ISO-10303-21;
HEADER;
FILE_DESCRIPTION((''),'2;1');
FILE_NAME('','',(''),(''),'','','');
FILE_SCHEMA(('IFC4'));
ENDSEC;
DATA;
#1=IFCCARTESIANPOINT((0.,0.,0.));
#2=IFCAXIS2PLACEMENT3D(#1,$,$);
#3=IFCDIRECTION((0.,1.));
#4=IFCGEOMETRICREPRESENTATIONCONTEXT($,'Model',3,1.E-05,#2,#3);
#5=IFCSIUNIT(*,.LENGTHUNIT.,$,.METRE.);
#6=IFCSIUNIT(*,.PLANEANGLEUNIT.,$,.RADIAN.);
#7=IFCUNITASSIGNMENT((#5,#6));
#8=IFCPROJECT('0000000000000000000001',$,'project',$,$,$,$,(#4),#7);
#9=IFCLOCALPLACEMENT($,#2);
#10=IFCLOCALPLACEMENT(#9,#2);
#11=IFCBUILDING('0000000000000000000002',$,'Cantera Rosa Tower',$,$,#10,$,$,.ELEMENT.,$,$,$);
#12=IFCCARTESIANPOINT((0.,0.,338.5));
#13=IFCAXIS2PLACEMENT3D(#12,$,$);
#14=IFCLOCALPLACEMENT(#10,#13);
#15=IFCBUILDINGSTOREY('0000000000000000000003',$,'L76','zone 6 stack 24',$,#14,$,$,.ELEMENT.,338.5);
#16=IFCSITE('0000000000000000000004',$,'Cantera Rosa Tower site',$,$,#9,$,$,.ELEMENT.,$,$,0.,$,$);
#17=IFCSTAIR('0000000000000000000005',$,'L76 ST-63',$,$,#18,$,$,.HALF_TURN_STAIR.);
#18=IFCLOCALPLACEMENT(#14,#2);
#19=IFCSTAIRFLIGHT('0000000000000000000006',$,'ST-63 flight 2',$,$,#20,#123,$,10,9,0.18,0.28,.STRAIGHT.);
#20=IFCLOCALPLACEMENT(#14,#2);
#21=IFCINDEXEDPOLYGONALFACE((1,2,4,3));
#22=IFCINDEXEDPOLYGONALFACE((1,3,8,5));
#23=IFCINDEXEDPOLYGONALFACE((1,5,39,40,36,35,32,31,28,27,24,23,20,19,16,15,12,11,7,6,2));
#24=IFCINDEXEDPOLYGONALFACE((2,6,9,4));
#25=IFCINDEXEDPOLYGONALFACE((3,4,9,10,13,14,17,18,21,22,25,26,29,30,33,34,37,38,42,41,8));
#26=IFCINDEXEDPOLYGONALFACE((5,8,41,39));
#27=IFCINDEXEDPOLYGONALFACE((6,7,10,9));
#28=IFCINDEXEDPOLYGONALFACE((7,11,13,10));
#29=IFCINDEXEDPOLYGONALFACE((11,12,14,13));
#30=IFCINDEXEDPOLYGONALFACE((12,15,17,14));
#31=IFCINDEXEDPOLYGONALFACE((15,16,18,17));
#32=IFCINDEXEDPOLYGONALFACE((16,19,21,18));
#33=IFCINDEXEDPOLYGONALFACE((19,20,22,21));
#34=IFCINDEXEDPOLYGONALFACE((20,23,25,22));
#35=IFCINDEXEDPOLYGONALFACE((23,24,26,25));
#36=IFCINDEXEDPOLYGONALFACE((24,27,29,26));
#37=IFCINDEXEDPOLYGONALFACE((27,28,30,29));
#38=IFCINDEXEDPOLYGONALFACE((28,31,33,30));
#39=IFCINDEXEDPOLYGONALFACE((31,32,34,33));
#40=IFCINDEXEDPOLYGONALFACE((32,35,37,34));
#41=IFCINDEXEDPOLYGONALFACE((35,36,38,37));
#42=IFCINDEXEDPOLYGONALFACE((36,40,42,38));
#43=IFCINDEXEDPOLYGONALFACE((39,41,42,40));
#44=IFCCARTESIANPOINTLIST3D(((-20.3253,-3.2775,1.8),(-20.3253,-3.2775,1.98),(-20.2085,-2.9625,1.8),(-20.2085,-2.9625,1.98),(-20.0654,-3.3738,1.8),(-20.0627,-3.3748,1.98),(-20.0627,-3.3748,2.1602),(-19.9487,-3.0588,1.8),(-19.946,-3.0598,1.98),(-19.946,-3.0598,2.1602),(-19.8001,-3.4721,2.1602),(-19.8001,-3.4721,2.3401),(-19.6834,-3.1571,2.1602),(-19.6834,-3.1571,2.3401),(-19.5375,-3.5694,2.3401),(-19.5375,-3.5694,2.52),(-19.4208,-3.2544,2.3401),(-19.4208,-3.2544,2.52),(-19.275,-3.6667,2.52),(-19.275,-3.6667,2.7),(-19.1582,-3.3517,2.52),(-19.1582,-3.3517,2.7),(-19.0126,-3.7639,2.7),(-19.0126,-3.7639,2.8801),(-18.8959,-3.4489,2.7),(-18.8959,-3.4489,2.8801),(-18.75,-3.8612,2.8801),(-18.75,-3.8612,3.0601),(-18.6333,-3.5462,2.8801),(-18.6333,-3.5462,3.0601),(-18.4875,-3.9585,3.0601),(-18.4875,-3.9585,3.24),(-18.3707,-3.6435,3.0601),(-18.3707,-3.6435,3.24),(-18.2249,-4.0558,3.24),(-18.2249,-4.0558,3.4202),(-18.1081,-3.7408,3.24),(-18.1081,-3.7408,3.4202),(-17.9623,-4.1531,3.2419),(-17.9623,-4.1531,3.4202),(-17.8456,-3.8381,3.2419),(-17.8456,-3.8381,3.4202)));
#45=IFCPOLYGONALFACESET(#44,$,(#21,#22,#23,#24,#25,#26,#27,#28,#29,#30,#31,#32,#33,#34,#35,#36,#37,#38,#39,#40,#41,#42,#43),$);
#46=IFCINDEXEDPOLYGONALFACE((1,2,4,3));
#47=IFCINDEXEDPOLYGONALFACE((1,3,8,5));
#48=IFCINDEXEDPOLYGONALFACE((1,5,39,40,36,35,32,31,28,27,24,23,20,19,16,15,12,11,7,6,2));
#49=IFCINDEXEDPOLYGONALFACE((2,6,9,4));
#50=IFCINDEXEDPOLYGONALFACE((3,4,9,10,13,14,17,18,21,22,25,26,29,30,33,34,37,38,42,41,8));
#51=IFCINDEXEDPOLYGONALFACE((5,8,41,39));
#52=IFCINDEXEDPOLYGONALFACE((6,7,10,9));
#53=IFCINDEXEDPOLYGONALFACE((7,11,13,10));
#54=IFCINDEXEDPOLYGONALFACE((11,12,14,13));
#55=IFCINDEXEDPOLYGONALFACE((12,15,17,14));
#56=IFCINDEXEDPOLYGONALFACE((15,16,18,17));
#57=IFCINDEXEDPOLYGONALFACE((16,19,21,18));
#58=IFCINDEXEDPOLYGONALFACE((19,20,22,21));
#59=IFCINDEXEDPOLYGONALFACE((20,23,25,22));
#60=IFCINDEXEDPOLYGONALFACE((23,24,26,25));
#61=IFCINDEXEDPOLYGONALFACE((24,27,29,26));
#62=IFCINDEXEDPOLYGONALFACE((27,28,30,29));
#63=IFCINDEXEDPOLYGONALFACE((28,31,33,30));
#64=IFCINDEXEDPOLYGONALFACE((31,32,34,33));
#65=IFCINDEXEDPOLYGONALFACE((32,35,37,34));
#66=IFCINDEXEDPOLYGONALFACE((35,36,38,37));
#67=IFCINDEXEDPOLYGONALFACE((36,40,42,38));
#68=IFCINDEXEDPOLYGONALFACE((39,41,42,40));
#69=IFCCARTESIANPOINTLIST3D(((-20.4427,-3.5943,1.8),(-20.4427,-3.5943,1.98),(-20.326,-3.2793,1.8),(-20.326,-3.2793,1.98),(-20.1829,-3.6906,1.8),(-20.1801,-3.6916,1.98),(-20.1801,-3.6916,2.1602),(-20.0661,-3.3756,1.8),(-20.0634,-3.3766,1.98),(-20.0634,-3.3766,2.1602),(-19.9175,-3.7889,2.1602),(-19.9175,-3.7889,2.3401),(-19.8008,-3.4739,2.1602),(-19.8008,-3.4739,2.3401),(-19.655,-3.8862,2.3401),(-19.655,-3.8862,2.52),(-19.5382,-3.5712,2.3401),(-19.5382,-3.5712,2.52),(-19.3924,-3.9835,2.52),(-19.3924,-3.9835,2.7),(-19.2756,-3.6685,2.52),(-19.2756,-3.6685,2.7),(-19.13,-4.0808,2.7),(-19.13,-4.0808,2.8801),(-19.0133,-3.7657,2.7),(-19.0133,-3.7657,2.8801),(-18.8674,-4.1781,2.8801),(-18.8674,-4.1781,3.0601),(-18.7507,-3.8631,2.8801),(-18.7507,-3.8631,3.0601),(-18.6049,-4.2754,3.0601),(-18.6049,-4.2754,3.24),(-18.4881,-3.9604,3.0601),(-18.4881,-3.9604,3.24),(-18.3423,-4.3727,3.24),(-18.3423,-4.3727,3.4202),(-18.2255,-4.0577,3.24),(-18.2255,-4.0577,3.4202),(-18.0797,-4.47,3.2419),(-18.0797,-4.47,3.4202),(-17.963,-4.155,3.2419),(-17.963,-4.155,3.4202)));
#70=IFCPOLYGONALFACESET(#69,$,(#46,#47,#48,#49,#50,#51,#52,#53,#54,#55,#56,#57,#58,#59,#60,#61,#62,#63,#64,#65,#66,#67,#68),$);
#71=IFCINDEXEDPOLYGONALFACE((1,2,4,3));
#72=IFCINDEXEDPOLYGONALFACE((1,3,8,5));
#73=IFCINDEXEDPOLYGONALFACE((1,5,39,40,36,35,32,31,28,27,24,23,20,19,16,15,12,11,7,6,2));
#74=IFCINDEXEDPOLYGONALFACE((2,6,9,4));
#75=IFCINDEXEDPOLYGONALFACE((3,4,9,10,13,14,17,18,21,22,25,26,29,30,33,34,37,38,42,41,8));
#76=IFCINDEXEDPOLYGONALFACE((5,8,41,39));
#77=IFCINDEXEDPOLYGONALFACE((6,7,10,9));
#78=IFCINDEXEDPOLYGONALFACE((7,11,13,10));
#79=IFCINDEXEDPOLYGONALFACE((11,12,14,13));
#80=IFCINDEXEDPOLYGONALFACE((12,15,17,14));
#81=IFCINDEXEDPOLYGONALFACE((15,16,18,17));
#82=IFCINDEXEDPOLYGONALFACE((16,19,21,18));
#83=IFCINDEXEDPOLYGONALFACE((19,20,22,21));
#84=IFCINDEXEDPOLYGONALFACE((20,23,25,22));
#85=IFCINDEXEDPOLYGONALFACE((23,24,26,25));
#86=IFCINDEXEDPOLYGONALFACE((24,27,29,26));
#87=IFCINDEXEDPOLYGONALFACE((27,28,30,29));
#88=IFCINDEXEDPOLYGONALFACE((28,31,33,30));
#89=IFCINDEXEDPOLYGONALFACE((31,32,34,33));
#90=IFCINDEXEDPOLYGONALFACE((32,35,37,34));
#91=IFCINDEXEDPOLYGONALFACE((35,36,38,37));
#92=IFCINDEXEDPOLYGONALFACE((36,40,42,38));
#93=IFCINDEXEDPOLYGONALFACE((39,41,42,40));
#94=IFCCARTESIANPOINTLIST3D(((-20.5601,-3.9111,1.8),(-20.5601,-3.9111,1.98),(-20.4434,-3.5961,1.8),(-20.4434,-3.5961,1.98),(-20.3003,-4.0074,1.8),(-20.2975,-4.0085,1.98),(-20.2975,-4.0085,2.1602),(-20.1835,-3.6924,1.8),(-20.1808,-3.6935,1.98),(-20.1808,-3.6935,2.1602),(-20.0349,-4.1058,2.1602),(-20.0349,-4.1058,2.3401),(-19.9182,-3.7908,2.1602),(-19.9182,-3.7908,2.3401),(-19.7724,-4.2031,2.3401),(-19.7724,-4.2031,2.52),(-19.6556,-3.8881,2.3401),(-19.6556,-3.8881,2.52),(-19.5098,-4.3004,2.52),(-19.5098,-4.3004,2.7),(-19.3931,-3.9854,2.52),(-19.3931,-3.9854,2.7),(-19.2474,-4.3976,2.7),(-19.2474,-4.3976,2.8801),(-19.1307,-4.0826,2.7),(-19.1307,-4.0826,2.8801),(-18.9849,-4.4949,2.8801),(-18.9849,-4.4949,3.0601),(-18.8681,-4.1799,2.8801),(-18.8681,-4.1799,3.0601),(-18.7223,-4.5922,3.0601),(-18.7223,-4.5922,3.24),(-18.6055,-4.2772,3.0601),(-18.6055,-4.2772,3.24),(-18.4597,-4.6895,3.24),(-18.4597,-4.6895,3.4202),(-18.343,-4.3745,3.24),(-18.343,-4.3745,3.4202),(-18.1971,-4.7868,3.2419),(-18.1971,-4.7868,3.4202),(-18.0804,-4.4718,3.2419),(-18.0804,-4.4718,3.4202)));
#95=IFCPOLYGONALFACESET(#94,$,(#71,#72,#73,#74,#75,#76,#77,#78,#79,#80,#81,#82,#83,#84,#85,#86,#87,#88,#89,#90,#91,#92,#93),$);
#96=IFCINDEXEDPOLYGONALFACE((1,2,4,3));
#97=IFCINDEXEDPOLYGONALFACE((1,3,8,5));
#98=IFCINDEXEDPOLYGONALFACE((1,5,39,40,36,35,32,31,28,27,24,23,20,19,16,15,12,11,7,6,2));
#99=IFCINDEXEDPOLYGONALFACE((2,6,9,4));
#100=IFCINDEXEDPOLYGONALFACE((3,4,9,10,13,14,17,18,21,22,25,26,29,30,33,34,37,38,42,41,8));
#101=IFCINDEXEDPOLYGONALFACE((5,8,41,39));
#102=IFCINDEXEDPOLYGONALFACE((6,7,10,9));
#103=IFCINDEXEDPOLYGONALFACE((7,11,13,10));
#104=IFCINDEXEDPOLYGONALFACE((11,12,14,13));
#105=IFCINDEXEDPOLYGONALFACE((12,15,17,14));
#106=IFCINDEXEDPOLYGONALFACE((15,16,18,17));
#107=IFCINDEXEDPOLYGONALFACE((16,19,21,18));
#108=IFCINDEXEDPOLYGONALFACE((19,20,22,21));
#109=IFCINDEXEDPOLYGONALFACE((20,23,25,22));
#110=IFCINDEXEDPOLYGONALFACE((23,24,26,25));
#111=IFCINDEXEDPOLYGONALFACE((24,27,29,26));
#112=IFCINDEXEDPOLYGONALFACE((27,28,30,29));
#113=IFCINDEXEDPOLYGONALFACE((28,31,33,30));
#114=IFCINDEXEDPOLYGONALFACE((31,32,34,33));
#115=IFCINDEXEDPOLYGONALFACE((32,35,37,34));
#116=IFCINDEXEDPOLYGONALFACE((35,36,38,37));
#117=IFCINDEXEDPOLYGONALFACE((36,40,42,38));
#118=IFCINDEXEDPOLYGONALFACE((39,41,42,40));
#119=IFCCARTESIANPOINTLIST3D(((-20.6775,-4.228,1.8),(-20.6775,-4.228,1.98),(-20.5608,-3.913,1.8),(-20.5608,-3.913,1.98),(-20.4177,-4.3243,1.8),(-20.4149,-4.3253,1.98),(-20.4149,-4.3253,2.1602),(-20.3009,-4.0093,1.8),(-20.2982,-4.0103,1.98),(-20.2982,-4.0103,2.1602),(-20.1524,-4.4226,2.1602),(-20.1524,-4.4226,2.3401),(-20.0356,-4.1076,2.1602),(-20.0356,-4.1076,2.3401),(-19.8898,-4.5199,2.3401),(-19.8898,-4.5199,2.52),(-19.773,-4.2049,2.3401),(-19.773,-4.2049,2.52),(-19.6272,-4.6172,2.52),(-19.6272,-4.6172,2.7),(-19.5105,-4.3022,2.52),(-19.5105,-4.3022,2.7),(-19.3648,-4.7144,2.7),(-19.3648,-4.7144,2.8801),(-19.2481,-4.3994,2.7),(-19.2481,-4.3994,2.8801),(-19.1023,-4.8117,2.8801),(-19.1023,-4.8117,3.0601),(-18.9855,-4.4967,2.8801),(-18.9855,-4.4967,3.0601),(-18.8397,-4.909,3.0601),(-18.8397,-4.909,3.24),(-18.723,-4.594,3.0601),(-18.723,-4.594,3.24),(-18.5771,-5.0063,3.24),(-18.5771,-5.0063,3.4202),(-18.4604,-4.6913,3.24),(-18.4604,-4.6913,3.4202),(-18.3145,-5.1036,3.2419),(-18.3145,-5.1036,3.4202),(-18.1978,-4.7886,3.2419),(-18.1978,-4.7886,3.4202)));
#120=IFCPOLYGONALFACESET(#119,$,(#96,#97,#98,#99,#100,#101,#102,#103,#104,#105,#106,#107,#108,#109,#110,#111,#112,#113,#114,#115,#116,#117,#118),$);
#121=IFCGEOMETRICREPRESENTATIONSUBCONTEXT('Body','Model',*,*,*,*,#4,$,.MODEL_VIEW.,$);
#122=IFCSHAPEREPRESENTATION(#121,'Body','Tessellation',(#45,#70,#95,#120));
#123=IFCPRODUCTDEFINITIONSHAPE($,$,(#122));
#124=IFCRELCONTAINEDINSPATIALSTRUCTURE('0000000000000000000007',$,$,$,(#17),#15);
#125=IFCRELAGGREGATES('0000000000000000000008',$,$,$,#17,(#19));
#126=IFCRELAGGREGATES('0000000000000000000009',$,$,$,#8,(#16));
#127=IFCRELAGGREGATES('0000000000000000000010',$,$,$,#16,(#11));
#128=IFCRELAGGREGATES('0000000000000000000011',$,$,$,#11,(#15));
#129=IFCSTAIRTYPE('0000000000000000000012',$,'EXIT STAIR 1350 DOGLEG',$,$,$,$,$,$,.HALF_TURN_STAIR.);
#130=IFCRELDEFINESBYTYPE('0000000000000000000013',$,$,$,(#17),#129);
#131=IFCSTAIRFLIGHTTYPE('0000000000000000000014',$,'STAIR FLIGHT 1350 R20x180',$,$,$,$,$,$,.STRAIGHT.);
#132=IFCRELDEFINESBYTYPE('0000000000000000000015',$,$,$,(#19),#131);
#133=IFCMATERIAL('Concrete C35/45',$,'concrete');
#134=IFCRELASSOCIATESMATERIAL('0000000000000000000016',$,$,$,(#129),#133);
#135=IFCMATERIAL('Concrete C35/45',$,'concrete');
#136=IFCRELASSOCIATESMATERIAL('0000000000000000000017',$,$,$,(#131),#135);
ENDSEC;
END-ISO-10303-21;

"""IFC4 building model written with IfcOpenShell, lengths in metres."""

from ifc_helpers import new_model, si_unit, direction, frame, origin, place, context, subcontext, project, spatial, polyline, outline, extrude, material, type_object, element, aggregate, save


model = new_model("IFC4")

# Units and contexts
model_context = context("Model", 3, precision=1e-05, world=origin(), true_north=direction((0.0, 1.0)))
body_context = subcontext(model_context, "Body", "Model", "MODEL_VIEW")
ifc_project = project(units=[si_unit("LENGTHUNIT", "METRE"), si_unit("PLANEANGLEUNIT", "RADIAN")], contexts=[model_context])

# Site, building, storey
site_placement = place(None, origin())
site = spatial("IfcSite", under=ifc_project, at=site_placement, Name="Cantera Rosa Tower site", CompositionType="ELEMENT", RefElevation=0.0)
building_placement = place(site_placement, origin())
building = spatial("IfcBuilding", under=site, at=building_placement, Name="Cantera Rosa Tower", CompositionType="ELEMENT")
storey_placement = place(building_placement, frame((0.0, 0.0, 338.5)))
storey = spatial("IfcBuildingStorey", under=building, at=storey_placement, Name="L76", Description="zone 6 stack 24", CompositionType="ELEMENT", Elevation=338.5)

# Stair, stair flight
ifc_material_1 = material(Name="Concrete C35/45", Category="concrete")
stair_type = type_object("IfcStairType", Name="EXIT STAIR 1350 DOGLEG", PredefinedType="HALF_TURN_STAIR", material=ifc_material_1)
stair_placement = place(storey_placement, origin())
stair = element("IfcStair", 1, at=stair_placement, inside=storey, type_object=stair_type, Name="L76 ST-63", PredefinedType="HALF_TURN_STAIR")
ifc_material_2 = material(Name="Concrete C35/45", Category="concrete")
stair_flight_type = type_object("IfcStairFlightType", Name="STAIR FLIGHT 1350 R20x180", PredefinedType="STRAIGHT", material=ifc_material_2)
stair_flight_1_placement = place(storey_placement, frame((-20.4431, -3.5955, 1.8), z_axis=(0.0, 0.0, 1.0), x_axis=(0.937687, -0.347481, 0.0)))
stair_flight_1 = element("IfcStairFlight", 2, at=stair_flight_1_placement, type_object=stair_flight_type, Name="ST-63 flight 2", NumberOfRisers=10, NumberOfTreads=9, PredefinedType="STRAIGHT", RiserHeight=0.18, TreadLength=0.28, context=body_context, shape_type="SweptSolid", body=[
    extrude(outline(polyline([(0.0, 0.0), (0.0, 0.1799), (0.28, 0.1799), (0.28, 0.3601), (0.5601, 0.3601), (0.5601, 0.54), (0.8401, 0.54), (0.8401, 0.72), (1.1201, 0.72), (1.1201, 0.8999), (1.3999, 0.8999), (1.3999, 1.0801), (1.6799, 1.0801), (1.6799, 1.26), (1.96, 1.26), (1.96, 1.4399), (2.24, 1.4399), (2.24, 1.6201), (2.52, 1.6201), (2.52, 1.8), (2.52, 1.4419), (0.2771, 0.0), (0.0, 0.0)])), frame((0.0, 0.675, 0.0), z_axis=(0.0, -1.0, 0.0), x_axis=(1.0, 0.0, 0.0)), (0.0, 0.0, 1.0), 0.3359),
    extrude(outline(polyline([(0.0, 0.0), (0.0, 0.1799), (0.28, 0.1799), (0.28, 0.3601), (0.5601, 0.3601), (0.5601, 0.54), (0.8401, 0.54), (0.8401, 0.72), (1.1201, 0.72), (1.1201, 0.8999), (1.3999, 0.8999), (1.3999, 1.0801), (1.6799, 1.0801), (1.6799, 1.26), (1.96, 1.26), (1.96, 1.4399), (2.24, 1.4399), (2.24, 1.6201), (2.52, 1.6201), (2.52, 1.8), (2.52, 1.4419), (0.2771, 0.0), (0.0, 0.0)])), frame((0.0, 0.3372, 0.0), z_axis=(0.0, -1.0, 0.0), x_axis=(1.0, 0.0, 0.0)), (0.0, 0.0, 1.0), 0.3359),
    extrude(outline(polyline([(0.0, 0.0), (0.0, 0.1799), (0.28, 0.1799), (0.28, 0.3601), (0.5601, 0.3601), (0.5601, 0.54), (0.8401, 0.54), (0.8401, 0.72), (1.1201, 0.72), (1.1201, 0.8999), (1.3999, 0.8999), (1.3999, 1.0801), (1.6799, 1.0801), (1.6799, 1.26), (1.96, 1.26), (1.96, 1.4399), (2.24, 1.4399), (2.24, 1.6201), (2.52, 1.6201), (2.52, 1.8), (2.52, 1.4419), (0.2771, 0.0), (0.0, 0.0)])), frame((0.0, -0.0007, 0.0), z_axis=(0.0, -1.0, 0.0), x_axis=(1.0, 0.0, 0.0)), (0.0, 0.0, 1.0), 0.3359),
    extrude(outline(polyline([(0.0, 0.0), (0.0, 0.1799), (0.28, 0.1799), (0.28, 0.3601), (0.5601, 0.3601), (0.5601, 0.54), (0.8401, 0.54), (0.8401, 0.72), (1.1201, 0.72), (1.1201, 0.8999), (1.3999, 0.8999), (1.3999, 1.0801), (1.6799, 1.0801), (1.6799, 1.26), (1.96, 1.26), (1.96, 1.4399), (2.24, 1.4399), (2.24, 1.6201), (2.52, 1.6201), (2.52, 1.8), (2.52, 1.4419), (0.2771, 0.0), (0.0, 0.0)])), frame((0.0, -0.3386, 0.0), z_axis=(0.0, -1.0, 0.0), x_axis=(1.0, 0.0, 0.0)), (0.0, 0.0, 1.0), 0.3359),
])
aggregate(stair, [stair_flight_1])

save(model, "model.ifc")
